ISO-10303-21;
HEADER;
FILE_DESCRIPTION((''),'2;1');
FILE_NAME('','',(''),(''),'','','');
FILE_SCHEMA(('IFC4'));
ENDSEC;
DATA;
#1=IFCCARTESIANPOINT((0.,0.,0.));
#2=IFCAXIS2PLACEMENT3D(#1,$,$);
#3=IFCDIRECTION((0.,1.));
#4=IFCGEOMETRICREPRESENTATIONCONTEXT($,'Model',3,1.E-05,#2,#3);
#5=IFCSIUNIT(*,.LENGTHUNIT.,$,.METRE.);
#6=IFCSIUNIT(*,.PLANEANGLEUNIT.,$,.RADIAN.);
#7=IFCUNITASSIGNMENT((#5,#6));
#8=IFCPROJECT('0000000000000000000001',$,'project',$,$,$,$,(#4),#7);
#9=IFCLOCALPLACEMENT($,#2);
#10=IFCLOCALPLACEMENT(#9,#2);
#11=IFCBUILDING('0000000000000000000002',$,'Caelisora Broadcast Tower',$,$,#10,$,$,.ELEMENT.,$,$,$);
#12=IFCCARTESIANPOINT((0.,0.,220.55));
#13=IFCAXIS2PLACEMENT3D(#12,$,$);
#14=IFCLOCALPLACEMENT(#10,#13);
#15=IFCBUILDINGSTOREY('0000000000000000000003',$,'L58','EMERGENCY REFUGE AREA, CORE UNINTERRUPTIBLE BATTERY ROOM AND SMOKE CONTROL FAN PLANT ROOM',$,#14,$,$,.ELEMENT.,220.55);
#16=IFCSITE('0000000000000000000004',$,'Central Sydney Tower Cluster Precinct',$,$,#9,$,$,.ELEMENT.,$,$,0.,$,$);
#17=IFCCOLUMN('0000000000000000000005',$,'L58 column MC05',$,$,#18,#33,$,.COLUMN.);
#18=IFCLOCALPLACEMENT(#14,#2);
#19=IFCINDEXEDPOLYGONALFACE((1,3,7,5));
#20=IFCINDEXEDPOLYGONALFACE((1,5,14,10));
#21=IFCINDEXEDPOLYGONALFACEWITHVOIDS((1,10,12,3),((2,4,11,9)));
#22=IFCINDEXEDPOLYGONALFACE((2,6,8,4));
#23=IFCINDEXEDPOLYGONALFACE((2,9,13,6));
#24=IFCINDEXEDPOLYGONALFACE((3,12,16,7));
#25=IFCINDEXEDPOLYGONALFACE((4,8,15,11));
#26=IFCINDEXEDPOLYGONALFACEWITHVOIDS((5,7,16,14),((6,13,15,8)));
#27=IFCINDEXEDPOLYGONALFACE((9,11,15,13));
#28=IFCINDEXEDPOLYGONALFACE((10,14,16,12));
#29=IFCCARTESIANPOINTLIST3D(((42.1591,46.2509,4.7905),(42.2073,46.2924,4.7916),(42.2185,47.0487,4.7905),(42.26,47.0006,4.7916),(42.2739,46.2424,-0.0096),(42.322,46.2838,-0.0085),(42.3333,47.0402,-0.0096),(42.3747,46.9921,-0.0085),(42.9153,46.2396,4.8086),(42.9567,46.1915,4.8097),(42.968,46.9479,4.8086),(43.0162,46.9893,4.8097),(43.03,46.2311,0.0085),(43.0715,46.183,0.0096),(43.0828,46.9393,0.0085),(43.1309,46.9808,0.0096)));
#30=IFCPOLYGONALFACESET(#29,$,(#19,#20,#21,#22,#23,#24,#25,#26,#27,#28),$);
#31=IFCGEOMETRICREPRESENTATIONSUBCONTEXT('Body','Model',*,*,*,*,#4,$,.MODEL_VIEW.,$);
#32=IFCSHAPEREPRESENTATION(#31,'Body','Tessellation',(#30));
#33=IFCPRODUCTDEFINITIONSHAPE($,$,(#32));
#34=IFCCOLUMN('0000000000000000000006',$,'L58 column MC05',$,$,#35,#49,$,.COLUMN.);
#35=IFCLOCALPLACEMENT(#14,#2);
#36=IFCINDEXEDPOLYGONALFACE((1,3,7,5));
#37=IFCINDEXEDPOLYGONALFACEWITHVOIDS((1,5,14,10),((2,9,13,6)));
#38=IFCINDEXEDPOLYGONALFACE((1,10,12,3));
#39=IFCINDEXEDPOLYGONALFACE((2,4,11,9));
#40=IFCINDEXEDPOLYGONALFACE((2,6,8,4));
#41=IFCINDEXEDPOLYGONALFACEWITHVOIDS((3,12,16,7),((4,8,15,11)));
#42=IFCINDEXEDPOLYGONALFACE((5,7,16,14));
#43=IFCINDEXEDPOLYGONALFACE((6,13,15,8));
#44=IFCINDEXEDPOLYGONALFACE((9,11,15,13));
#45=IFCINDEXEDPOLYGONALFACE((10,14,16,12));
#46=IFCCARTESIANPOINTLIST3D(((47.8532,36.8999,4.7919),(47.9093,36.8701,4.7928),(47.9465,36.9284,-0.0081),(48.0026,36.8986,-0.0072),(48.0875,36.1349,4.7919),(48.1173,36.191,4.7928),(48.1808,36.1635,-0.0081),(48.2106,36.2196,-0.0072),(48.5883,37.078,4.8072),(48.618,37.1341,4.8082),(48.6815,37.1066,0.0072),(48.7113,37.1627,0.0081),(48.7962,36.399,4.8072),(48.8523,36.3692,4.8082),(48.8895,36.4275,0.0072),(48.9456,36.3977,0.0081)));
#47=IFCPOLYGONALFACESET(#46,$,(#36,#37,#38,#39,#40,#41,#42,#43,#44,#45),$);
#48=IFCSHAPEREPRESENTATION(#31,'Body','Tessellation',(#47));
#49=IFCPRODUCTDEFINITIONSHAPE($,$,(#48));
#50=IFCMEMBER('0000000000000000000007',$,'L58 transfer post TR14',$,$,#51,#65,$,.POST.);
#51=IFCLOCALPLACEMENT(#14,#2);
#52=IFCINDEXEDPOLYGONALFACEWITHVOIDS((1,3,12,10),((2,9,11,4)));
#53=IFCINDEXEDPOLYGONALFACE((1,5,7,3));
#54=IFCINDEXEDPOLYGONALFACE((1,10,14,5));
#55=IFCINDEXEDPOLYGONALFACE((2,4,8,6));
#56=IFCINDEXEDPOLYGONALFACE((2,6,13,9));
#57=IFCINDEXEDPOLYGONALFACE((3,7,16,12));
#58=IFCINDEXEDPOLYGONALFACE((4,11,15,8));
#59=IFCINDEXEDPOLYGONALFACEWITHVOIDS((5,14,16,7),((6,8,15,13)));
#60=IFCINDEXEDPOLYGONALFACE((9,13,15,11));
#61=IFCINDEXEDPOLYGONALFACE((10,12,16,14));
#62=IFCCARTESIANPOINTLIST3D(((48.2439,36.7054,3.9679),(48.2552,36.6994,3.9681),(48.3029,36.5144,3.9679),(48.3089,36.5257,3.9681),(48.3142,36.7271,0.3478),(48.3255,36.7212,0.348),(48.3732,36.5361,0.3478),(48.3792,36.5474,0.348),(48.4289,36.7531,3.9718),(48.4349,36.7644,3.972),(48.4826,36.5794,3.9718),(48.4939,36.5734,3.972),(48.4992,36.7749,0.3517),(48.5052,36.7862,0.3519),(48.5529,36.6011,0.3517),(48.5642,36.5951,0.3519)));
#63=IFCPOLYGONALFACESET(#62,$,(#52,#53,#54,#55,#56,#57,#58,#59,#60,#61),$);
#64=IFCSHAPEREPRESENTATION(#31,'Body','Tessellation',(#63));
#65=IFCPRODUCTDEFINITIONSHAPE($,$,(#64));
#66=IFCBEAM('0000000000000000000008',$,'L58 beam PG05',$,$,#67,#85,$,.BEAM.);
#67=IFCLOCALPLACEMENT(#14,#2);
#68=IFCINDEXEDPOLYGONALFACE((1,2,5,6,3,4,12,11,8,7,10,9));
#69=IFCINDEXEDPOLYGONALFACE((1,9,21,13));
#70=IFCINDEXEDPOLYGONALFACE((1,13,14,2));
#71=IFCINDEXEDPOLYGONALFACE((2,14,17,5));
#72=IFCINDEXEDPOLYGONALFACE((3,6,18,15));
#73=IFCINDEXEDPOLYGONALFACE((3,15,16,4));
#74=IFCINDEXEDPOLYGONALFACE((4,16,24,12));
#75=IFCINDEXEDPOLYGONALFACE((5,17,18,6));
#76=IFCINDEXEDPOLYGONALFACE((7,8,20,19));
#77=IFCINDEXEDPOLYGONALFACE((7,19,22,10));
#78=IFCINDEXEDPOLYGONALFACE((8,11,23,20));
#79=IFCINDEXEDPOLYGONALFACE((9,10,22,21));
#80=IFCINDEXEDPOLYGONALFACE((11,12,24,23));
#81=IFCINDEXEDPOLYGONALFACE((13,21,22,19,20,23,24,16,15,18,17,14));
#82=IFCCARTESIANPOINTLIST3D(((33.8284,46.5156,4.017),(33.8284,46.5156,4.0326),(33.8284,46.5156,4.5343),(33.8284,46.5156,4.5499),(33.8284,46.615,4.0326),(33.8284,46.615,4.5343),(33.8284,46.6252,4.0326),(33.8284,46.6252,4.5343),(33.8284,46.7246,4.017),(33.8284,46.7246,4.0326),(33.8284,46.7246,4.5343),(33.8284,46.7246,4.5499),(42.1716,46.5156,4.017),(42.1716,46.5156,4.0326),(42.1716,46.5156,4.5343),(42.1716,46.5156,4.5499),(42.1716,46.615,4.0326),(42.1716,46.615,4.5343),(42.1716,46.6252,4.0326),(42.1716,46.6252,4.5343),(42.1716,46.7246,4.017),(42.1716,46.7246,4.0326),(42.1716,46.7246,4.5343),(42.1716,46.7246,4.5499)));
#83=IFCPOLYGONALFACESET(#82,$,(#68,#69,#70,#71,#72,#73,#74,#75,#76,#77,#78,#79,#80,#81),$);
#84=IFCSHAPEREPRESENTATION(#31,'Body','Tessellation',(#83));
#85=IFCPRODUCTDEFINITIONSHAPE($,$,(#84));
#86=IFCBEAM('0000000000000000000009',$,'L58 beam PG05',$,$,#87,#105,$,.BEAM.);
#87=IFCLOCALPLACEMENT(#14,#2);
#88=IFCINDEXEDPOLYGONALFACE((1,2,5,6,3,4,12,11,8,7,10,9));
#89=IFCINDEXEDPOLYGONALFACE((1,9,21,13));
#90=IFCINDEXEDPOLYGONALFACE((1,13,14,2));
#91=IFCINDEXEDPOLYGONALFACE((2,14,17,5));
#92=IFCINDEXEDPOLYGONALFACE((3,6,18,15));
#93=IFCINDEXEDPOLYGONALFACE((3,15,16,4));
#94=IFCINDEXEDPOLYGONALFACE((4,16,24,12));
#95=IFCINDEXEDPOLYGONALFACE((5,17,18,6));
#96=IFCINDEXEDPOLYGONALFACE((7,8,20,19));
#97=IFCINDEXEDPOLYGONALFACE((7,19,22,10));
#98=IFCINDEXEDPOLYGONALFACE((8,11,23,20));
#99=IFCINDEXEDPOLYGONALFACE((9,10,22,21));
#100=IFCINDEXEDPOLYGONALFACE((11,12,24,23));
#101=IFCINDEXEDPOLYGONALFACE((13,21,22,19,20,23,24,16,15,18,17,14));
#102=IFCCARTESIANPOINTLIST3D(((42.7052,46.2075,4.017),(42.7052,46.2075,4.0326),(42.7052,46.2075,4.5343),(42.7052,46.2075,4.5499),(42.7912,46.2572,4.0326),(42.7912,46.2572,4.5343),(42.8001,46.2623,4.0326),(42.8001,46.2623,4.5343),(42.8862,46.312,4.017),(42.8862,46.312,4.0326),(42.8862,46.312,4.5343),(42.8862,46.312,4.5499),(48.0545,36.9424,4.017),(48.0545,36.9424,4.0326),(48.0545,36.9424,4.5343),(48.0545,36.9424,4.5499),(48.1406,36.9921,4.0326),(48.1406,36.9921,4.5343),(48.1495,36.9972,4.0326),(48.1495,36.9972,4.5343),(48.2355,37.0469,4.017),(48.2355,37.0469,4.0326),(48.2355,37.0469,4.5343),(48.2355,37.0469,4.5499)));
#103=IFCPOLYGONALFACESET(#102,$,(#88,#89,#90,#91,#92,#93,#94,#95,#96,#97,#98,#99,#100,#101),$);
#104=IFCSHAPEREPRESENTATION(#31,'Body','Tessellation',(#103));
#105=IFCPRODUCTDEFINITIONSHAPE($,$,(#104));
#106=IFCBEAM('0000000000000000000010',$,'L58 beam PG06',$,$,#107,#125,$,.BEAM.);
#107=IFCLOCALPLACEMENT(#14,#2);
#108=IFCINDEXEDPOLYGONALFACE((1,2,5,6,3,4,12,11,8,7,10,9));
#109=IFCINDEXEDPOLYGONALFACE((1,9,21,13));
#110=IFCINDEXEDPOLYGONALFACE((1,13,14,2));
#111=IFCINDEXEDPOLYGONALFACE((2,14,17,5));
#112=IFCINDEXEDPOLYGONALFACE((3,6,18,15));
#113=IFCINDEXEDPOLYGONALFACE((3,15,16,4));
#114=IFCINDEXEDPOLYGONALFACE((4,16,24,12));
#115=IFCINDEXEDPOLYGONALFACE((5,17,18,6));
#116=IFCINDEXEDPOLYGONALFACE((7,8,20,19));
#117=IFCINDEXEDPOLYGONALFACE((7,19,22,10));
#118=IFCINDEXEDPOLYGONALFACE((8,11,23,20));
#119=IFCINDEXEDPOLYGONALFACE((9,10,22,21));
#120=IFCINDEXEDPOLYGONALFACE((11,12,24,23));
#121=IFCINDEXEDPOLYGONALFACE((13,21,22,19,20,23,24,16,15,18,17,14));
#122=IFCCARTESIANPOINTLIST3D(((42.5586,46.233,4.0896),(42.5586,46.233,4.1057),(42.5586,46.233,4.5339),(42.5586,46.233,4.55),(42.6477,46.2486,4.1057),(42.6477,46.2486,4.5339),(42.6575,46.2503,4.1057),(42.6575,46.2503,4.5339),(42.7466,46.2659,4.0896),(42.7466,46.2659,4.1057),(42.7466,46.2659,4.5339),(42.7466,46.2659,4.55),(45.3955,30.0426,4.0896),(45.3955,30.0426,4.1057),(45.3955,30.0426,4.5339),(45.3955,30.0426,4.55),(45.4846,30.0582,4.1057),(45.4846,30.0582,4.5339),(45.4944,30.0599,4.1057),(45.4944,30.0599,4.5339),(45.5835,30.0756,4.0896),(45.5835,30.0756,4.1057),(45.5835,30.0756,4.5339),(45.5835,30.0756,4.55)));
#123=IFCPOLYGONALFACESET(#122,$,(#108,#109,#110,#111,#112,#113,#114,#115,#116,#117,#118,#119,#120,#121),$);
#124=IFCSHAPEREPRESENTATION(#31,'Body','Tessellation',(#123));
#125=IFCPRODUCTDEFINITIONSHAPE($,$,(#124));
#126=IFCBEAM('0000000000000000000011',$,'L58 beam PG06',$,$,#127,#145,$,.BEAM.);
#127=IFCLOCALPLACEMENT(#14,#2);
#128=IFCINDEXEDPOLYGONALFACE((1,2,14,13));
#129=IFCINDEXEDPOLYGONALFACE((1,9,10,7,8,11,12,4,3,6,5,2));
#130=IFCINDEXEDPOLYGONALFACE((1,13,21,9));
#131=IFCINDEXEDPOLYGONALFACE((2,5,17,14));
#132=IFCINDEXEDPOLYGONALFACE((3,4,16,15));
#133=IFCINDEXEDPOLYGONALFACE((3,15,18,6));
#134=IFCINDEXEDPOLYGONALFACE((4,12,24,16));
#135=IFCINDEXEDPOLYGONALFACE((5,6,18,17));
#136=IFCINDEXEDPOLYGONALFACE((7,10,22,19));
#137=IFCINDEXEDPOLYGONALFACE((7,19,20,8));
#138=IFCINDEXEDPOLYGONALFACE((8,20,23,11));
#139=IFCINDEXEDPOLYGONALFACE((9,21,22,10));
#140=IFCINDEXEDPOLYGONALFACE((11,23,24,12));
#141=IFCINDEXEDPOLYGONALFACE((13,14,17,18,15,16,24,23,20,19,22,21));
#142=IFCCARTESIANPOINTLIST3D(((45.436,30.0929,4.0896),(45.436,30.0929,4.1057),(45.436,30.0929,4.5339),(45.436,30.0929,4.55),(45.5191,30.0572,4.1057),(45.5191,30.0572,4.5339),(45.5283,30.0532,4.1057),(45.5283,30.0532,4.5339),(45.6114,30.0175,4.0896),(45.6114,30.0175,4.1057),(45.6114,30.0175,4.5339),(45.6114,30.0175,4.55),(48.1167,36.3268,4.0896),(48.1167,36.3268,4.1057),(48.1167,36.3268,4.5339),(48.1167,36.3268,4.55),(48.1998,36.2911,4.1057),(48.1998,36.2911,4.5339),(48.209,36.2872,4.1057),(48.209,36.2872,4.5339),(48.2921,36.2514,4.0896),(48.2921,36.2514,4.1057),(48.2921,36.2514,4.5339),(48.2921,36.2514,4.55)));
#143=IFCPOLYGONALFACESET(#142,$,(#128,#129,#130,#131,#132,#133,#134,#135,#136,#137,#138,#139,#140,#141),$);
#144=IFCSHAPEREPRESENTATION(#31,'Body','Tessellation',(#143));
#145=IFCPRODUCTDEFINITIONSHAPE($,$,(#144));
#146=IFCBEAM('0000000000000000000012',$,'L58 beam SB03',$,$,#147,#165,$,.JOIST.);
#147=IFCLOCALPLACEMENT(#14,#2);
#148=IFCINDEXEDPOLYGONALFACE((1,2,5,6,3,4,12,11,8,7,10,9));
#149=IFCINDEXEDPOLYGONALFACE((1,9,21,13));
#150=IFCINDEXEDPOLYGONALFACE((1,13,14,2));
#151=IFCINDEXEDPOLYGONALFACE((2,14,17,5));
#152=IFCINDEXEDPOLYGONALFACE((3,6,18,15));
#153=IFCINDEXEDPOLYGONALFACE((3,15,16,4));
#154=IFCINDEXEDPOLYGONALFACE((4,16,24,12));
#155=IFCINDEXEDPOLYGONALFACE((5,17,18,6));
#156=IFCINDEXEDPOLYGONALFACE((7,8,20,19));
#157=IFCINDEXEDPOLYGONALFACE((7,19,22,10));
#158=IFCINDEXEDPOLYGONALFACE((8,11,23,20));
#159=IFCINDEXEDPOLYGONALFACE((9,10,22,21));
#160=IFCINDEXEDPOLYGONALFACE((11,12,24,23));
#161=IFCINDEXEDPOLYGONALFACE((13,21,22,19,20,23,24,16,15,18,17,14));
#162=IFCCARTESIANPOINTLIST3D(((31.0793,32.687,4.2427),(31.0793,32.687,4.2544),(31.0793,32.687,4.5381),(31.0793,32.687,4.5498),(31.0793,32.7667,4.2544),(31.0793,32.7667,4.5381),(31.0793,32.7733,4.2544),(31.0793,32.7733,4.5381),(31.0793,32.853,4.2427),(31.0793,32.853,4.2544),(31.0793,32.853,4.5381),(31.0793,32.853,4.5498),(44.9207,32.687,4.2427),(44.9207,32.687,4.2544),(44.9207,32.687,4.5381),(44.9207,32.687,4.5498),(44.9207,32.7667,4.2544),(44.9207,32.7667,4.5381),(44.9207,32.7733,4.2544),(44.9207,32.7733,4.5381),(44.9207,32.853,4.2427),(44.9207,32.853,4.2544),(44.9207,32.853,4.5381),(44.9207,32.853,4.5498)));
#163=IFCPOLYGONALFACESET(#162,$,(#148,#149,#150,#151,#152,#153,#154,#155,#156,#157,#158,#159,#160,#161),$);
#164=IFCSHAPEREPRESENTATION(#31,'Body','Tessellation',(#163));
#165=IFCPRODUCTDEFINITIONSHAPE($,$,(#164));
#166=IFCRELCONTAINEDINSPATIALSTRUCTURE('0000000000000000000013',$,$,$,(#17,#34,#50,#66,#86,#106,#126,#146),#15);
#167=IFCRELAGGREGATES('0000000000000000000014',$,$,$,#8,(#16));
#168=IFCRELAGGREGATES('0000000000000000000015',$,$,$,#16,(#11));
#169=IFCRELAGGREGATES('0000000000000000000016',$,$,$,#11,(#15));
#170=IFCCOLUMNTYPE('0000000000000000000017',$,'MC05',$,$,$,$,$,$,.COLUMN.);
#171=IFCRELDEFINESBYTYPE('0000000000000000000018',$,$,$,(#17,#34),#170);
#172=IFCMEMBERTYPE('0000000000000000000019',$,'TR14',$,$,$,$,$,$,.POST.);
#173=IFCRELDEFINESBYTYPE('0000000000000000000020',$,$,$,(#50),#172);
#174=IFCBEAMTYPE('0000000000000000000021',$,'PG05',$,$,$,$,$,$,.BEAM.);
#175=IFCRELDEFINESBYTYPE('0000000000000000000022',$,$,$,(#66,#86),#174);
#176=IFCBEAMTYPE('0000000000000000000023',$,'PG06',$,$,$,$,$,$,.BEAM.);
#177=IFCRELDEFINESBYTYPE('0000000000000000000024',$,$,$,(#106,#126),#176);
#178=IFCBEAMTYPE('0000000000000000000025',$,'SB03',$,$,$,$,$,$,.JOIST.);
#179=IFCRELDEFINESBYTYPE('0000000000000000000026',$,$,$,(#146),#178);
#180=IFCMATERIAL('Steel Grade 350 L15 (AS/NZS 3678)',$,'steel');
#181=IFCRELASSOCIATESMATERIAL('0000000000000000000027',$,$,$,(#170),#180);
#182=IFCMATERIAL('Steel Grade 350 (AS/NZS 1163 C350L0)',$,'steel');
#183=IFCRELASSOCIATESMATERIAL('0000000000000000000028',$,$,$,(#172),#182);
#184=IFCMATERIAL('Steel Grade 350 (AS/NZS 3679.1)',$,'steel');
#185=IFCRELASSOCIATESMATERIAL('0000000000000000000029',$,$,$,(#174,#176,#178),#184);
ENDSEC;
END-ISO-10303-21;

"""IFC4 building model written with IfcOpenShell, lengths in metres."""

from ifc_helpers import new_model, si_unit, direction, frame, origin, origin_2d, place, context, subcontext, project, spatial, hollow_rectangle, i_section, extrude, source, transform, mapped, material, material_profile, profile_set, type_object, type_shapes, element, save


model = new_model("IFC4")

# Units and contexts
model_context = context("Model", 3, precision=1e-05, world=origin(), true_north=direction((0.0, 1.0)))
body_context = subcontext(model_context, "Body", "Model", "MODEL_VIEW")
ifc_project = project(units=[si_unit("LENGTHUNIT", "METRE"), si_unit("PLANEANGLEUNIT", "RADIAN")], contexts=[model_context])

# Site, building, storey
site_placement = place(None, origin())
site = spatial("IfcSite", under=ifc_project, at=site_placement, Name="Central Sydney Tower Cluster Precinct", CompositionType="ELEMENT", RefElevation=0.0)
building_placement = place(site_placement, origin())
building = spatial("IfcBuilding", under=site, at=building_placement, Name="Caelisora Broadcast Tower", CompositionType="ELEMENT")
storey_placement = place(building_placement, frame((0.0, 0.0, 220.55)))
storey = spatial("IfcBuildingStorey", under=building, at=storey_placement, Name="L58", Description="EMERGENCY REFUGE AREA, CORE UNINTERRUPTIBLE BATTERY ROOM AND SMOKE CONTROL FAN PLANT ROOM", CompositionType="ELEMENT", Elevation=220.55)

# Columns
ifc_material_1 = material(Name="Steel Grade 350 L15 (AS/NZS 3678)", Category="steel")
ifc_material_profile_1 = material_profile(ifc_material_1, hollow_rectangle(XDim=0.8, YDim=0.8, WallThickness=0.0449, at=origin_2d()), Name="Steel Grade 350 L15 (AS/NZS 3678)")
ifc_profile_set_1 = profile_set([ifc_material_profile_1], Name="Steel Grade 350 L15 (AS/NZS 3678)")
column_type = type_object("IfcColumnType", Name="MC05", PredefinedType="COLUMN", material=ifc_profile_set_1)
shared_shape_1 = source(origin(), body_context, "Body", "SweptSolid", [
    extrude(hollow_rectangle(XDim=0.8, YDim=0.8, WallThickness=0.0449, at=origin_2d()), origin(), (0.0, 0.0, 1.0), 4.8015),
])
column_1_placement = place(storey_placement, frame((42.7024, 46.6116, 0.0), z_axis=(-0.023898, 0.00178, 0.999713), x_axis=(-0.074262, -0.997239, 0.0)))
element("IfcColumn", 1, at=column_1_placement, inside=storey, type_object=column_type, Name="L58 column MC05", PredefinedType="COLUMN", context=body_context, shape_type="MappedRepresentation", body=[
    mapped(shared_shape_1, transform((0.0, 0.0, 0.0), scale=1.0)),
])
shared_shape_2 = source(origin(), body_context, "Body", "SweptSolid", [
    extrude(hollow_rectangle(XDim=0.8, YDim=0.8, WallThickness=0.0449, at=origin_2d()), origin(), (0.0, 0.0, 1.0), 4.801),
])
type_shapes(column_type, [shared_shape_1, shared_shape_2])
column_2_placement = place(storey_placement, frame((48.446, 36.6631, 0.0), z_axis=(-0.019425, -0.00595, 0.999794), x_axis=(0.292854, -0.956157, 0.0)))
element("IfcColumn", 2, at=column_2_placement, inside=storey, type_object=column_type, Name="L58 column MC05", PredefinedType="COLUMN", context=body_context, shape_type="MappedRepresentation", body=[
    mapped(shared_shape_2, transform((0.0, 0.0, 0.0), scale=1.0)),
])

# Member
ifc_material_2 = material(Name="Steel Grade 350 (AS/NZS 1163 C350L0)", Category="steel")
ifc_material_profile_2 = material_profile(ifc_material_2, hollow_rectangle(XDim=0.2, YDim=0.2, WallThickness=0.009, at=origin_2d()), Name="Steel Grade 350 (AS/NZS 1163 C350L0)")
ifc_profile_set_2 = profile_set([ifc_material_profile_2], Name="Steel Grade 350 (AS/NZS 1163 C350L0)")
member_type_1 = type_object("IfcMemberType", Name="TR14", PredefinedType="POST", material=ifc_profile_set_2)
shared_shape_3 = source(origin(), body_context, "Body", "SweptSolid", [
    extrude(hollow_rectangle(XDim=0.2, YDim=0.2, WallThickness=0.009, at=origin_2d()), origin(), (0.0, 0.0, 1.0), 3.6208),
])
type_shapes(member_type_1, [shared_shape_3])
member_1_placement = place(storey_placement, frame((48.4392, 36.6611, 0.3499), z_axis=(-0.019419, -0.006001, 0.999793), x_axis=(0.295251, -0.95542, 0.0)))
element("IfcMember", 3, at=member_1_placement, inside=storey, type_object=member_type_1, Name="L58 transfer post TR14", PredefinedType="POST", context=body_context, shape_type="MappedRepresentation", body=[
    mapped(shared_shape_3, transform((0.0, 0.0, 0.0), scale=1.0)),
])

# Beams
ifc_material_3 = material(Name="Steel Grade 350 (AS/NZS 3679.1)", Category="steel")
ifc_material_profile_3 = material_profile(ifc_material_3, i_section(OverallWidth=0.209, OverallDepth=0.533, WebThickness=0.0103, FlangeThickness=0.0156, at=origin_2d()), Name="Steel Grade 350 (AS/NZS 3679.1)")
ifc_profile_set_3 = profile_set([ifc_material_profile_3], Name="Steel Grade 350 (AS/NZS 3679.1)")
beam_type_1 = type_object("IfcBeamType", Name="PG05", PredefinedType="BEAM", material=ifc_profile_set_3)
shared_shape_4 = source(origin(), body_context, "Body", "SweptSolid", [
    extrude(i_section(OverallWidth=0.209, OverallDepth=0.533, WebThickness=0.0103, FlangeThickness=0.0156, at=origin_2d()), origin(), (0.0, 0.0, 1.0), 8.3433),
])
beam_1_placement = place(storey_placement, frame((42.1716, 46.6201, 4.2834), z_axis=(-1.0, 0.0, 0.0), x_axis=(0.0, -1.0, 0.0)))
element("IfcBeam", 4, at=beam_1_placement, inside=storey, type_object=beam_type_1, Name="L58 beam PG05", PredefinedType="BEAM", context=body_context, shape_type="MappedRepresentation", body=[
    mapped(shared_shape_4, transform((0.0, 0.0, 0.0), scale=1.0)),
])
shared_shape_5 = source(origin(), body_context, "Body", "SweptSolid", [
    extrude(i_section(OverallWidth=0.209, OverallDepth=0.533, WebThickness=0.0103, FlangeThickness=0.0156, at=origin_2d()), origin(), (0.0, 0.0, 1.0), 10.6985),
])
type_shapes(beam_type_1, [shared_shape_4, shared_shape_5])
beam_2_placement = place(storey_placement, frame((48.145, 36.9946, 4.2834), z_axis=(-0.50001, 0.86602, 0.0), x_axis=(-0.86602, -0.50001, 0.0)))
element("IfcBeam", 5, at=beam_2_placement, inside=storey, type_object=beam_type_1, Name="L58 beam PG05", PredefinedType="BEAM", context=body_context, shape_type="MappedRepresentation", body=[
    mapped(shared_shape_5, transform((0.0, 0.0, 0.0), scale=1.0)),
])
ifc_material_profile_4 = material_profile(ifc_material_3, i_section(OverallWidth=0.1909, OverallDepth=0.4604, WebThickness=0.01, FlangeThickness=0.0161, at=origin_2d()), Name="Steel Grade 350 (AS/NZS 3679.1)")
ifc_profile_set_4 = profile_set([ifc_material_profile_4], Name="Steel Grade 350 (AS/NZS 3679.1)")
beam_type_2 = type_object("IfcBeamType", Name="PG06", PredefinedType="BEAM", material=ifc_profile_set_4)
shared_shape_6 = source(origin(), body_context, "Body", "SweptSolid", [
    extrude(i_section(OverallWidth=0.1909, OverallDepth=0.4604, WebThickness=0.01, FlangeThickness=0.0161, at=origin_2d()), origin(), (0.0, 0.0, 1.0), 16.437),
])
beam_3_placement = place(storey_placement, frame((45.4895, 30.0591, 4.3198), z_axis=(-0.172592, 0.984993, 0.0), x_axis=(-0.984993, -0.172592, 0.0)))
element("IfcBeam", 6, at=beam_3_placement, inside=storey, type_object=beam_type_2, Name="L58 beam PG06", PredefinedType="BEAM", context=body_context, shape_type="MappedRepresentation", body=[
    mapped(shared_shape_6, transform((0.0, 0.0, 0.0), scale=1.0)),
])
shared_shape_7 = source(origin(), body_context, "Body", "SweptSolid", [
    extrude(i_section(OverallWidth=0.1909, OverallDepth=0.4604, WebThickness=0.01, FlangeThickness=0.0161, at=origin_2d()), origin(), (0.0, 0.0, 1.0), 6.7859),
])
type_shapes(beam_type_2, [shared_shape_6, shared_shape_7])
beam_4_placement = place(storey_placement, frame((45.5237, 30.0552, 4.3198), z_axis=(0.395039, 0.918664, 0.0), x_axis=(-0.918664, 0.395039, 0.0)))
element("IfcBeam", 7, at=beam_4_placement, inside=storey, type_object=beam_type_2, Name="L58 beam PG06", PredefinedType="BEAM", context=body_context, shape_type="MappedRepresentation", body=[
    mapped(shared_shape_7, transform((0.0, 0.0, 0.0), scale=1.0)),
])
ifc_material_profile_5 = material_profile(ifc_material_3, i_section(OverallWidth=0.166, OverallDepth=0.3071, WebThickness=0.0066, FlangeThickness=0.0117, at=origin_2d()), Name="Steel Grade 350 (AS/NZS 3679.1)")
ifc_profile_set_5 = profile_set([ifc_material_profile_5], Name="Steel Grade 350 (AS/NZS 3679.1)")
beam_type_3 = type_object("IfcBeamType", Name="SB03", PredefinedType="JOIST", material=ifc_profile_set_5)
shared_shape_8 = source(origin(), body_context, "Body", "SweptSolid", [
    extrude(i_section(OverallWidth=0.166, OverallDepth=0.3071, WebThickness=0.0066, FlangeThickness=0.0117, at=origin_2d()), origin(), (0.0, 0.0, 1.0), 13.8413),
])
beam_5_placement = place(storey_placement, frame((44.9207, 32.77, 4.3962), z_axis=(-1.0, 0.0, 0.0), x_axis=(0.0, -1.0, 0.0)))
element("IfcBeam", 8, at=beam_5_placement, inside=storey, type_object=beam_type_3, Name="L58 beam SB03", PredefinedType="JOIST", context=body_context, shape_type="MappedRepresentation", body=[
    mapped(shared_shape_8, transform((0.0, 0.0, 0.0), scale=1.0)),
])

save(model, "model.ifc")
